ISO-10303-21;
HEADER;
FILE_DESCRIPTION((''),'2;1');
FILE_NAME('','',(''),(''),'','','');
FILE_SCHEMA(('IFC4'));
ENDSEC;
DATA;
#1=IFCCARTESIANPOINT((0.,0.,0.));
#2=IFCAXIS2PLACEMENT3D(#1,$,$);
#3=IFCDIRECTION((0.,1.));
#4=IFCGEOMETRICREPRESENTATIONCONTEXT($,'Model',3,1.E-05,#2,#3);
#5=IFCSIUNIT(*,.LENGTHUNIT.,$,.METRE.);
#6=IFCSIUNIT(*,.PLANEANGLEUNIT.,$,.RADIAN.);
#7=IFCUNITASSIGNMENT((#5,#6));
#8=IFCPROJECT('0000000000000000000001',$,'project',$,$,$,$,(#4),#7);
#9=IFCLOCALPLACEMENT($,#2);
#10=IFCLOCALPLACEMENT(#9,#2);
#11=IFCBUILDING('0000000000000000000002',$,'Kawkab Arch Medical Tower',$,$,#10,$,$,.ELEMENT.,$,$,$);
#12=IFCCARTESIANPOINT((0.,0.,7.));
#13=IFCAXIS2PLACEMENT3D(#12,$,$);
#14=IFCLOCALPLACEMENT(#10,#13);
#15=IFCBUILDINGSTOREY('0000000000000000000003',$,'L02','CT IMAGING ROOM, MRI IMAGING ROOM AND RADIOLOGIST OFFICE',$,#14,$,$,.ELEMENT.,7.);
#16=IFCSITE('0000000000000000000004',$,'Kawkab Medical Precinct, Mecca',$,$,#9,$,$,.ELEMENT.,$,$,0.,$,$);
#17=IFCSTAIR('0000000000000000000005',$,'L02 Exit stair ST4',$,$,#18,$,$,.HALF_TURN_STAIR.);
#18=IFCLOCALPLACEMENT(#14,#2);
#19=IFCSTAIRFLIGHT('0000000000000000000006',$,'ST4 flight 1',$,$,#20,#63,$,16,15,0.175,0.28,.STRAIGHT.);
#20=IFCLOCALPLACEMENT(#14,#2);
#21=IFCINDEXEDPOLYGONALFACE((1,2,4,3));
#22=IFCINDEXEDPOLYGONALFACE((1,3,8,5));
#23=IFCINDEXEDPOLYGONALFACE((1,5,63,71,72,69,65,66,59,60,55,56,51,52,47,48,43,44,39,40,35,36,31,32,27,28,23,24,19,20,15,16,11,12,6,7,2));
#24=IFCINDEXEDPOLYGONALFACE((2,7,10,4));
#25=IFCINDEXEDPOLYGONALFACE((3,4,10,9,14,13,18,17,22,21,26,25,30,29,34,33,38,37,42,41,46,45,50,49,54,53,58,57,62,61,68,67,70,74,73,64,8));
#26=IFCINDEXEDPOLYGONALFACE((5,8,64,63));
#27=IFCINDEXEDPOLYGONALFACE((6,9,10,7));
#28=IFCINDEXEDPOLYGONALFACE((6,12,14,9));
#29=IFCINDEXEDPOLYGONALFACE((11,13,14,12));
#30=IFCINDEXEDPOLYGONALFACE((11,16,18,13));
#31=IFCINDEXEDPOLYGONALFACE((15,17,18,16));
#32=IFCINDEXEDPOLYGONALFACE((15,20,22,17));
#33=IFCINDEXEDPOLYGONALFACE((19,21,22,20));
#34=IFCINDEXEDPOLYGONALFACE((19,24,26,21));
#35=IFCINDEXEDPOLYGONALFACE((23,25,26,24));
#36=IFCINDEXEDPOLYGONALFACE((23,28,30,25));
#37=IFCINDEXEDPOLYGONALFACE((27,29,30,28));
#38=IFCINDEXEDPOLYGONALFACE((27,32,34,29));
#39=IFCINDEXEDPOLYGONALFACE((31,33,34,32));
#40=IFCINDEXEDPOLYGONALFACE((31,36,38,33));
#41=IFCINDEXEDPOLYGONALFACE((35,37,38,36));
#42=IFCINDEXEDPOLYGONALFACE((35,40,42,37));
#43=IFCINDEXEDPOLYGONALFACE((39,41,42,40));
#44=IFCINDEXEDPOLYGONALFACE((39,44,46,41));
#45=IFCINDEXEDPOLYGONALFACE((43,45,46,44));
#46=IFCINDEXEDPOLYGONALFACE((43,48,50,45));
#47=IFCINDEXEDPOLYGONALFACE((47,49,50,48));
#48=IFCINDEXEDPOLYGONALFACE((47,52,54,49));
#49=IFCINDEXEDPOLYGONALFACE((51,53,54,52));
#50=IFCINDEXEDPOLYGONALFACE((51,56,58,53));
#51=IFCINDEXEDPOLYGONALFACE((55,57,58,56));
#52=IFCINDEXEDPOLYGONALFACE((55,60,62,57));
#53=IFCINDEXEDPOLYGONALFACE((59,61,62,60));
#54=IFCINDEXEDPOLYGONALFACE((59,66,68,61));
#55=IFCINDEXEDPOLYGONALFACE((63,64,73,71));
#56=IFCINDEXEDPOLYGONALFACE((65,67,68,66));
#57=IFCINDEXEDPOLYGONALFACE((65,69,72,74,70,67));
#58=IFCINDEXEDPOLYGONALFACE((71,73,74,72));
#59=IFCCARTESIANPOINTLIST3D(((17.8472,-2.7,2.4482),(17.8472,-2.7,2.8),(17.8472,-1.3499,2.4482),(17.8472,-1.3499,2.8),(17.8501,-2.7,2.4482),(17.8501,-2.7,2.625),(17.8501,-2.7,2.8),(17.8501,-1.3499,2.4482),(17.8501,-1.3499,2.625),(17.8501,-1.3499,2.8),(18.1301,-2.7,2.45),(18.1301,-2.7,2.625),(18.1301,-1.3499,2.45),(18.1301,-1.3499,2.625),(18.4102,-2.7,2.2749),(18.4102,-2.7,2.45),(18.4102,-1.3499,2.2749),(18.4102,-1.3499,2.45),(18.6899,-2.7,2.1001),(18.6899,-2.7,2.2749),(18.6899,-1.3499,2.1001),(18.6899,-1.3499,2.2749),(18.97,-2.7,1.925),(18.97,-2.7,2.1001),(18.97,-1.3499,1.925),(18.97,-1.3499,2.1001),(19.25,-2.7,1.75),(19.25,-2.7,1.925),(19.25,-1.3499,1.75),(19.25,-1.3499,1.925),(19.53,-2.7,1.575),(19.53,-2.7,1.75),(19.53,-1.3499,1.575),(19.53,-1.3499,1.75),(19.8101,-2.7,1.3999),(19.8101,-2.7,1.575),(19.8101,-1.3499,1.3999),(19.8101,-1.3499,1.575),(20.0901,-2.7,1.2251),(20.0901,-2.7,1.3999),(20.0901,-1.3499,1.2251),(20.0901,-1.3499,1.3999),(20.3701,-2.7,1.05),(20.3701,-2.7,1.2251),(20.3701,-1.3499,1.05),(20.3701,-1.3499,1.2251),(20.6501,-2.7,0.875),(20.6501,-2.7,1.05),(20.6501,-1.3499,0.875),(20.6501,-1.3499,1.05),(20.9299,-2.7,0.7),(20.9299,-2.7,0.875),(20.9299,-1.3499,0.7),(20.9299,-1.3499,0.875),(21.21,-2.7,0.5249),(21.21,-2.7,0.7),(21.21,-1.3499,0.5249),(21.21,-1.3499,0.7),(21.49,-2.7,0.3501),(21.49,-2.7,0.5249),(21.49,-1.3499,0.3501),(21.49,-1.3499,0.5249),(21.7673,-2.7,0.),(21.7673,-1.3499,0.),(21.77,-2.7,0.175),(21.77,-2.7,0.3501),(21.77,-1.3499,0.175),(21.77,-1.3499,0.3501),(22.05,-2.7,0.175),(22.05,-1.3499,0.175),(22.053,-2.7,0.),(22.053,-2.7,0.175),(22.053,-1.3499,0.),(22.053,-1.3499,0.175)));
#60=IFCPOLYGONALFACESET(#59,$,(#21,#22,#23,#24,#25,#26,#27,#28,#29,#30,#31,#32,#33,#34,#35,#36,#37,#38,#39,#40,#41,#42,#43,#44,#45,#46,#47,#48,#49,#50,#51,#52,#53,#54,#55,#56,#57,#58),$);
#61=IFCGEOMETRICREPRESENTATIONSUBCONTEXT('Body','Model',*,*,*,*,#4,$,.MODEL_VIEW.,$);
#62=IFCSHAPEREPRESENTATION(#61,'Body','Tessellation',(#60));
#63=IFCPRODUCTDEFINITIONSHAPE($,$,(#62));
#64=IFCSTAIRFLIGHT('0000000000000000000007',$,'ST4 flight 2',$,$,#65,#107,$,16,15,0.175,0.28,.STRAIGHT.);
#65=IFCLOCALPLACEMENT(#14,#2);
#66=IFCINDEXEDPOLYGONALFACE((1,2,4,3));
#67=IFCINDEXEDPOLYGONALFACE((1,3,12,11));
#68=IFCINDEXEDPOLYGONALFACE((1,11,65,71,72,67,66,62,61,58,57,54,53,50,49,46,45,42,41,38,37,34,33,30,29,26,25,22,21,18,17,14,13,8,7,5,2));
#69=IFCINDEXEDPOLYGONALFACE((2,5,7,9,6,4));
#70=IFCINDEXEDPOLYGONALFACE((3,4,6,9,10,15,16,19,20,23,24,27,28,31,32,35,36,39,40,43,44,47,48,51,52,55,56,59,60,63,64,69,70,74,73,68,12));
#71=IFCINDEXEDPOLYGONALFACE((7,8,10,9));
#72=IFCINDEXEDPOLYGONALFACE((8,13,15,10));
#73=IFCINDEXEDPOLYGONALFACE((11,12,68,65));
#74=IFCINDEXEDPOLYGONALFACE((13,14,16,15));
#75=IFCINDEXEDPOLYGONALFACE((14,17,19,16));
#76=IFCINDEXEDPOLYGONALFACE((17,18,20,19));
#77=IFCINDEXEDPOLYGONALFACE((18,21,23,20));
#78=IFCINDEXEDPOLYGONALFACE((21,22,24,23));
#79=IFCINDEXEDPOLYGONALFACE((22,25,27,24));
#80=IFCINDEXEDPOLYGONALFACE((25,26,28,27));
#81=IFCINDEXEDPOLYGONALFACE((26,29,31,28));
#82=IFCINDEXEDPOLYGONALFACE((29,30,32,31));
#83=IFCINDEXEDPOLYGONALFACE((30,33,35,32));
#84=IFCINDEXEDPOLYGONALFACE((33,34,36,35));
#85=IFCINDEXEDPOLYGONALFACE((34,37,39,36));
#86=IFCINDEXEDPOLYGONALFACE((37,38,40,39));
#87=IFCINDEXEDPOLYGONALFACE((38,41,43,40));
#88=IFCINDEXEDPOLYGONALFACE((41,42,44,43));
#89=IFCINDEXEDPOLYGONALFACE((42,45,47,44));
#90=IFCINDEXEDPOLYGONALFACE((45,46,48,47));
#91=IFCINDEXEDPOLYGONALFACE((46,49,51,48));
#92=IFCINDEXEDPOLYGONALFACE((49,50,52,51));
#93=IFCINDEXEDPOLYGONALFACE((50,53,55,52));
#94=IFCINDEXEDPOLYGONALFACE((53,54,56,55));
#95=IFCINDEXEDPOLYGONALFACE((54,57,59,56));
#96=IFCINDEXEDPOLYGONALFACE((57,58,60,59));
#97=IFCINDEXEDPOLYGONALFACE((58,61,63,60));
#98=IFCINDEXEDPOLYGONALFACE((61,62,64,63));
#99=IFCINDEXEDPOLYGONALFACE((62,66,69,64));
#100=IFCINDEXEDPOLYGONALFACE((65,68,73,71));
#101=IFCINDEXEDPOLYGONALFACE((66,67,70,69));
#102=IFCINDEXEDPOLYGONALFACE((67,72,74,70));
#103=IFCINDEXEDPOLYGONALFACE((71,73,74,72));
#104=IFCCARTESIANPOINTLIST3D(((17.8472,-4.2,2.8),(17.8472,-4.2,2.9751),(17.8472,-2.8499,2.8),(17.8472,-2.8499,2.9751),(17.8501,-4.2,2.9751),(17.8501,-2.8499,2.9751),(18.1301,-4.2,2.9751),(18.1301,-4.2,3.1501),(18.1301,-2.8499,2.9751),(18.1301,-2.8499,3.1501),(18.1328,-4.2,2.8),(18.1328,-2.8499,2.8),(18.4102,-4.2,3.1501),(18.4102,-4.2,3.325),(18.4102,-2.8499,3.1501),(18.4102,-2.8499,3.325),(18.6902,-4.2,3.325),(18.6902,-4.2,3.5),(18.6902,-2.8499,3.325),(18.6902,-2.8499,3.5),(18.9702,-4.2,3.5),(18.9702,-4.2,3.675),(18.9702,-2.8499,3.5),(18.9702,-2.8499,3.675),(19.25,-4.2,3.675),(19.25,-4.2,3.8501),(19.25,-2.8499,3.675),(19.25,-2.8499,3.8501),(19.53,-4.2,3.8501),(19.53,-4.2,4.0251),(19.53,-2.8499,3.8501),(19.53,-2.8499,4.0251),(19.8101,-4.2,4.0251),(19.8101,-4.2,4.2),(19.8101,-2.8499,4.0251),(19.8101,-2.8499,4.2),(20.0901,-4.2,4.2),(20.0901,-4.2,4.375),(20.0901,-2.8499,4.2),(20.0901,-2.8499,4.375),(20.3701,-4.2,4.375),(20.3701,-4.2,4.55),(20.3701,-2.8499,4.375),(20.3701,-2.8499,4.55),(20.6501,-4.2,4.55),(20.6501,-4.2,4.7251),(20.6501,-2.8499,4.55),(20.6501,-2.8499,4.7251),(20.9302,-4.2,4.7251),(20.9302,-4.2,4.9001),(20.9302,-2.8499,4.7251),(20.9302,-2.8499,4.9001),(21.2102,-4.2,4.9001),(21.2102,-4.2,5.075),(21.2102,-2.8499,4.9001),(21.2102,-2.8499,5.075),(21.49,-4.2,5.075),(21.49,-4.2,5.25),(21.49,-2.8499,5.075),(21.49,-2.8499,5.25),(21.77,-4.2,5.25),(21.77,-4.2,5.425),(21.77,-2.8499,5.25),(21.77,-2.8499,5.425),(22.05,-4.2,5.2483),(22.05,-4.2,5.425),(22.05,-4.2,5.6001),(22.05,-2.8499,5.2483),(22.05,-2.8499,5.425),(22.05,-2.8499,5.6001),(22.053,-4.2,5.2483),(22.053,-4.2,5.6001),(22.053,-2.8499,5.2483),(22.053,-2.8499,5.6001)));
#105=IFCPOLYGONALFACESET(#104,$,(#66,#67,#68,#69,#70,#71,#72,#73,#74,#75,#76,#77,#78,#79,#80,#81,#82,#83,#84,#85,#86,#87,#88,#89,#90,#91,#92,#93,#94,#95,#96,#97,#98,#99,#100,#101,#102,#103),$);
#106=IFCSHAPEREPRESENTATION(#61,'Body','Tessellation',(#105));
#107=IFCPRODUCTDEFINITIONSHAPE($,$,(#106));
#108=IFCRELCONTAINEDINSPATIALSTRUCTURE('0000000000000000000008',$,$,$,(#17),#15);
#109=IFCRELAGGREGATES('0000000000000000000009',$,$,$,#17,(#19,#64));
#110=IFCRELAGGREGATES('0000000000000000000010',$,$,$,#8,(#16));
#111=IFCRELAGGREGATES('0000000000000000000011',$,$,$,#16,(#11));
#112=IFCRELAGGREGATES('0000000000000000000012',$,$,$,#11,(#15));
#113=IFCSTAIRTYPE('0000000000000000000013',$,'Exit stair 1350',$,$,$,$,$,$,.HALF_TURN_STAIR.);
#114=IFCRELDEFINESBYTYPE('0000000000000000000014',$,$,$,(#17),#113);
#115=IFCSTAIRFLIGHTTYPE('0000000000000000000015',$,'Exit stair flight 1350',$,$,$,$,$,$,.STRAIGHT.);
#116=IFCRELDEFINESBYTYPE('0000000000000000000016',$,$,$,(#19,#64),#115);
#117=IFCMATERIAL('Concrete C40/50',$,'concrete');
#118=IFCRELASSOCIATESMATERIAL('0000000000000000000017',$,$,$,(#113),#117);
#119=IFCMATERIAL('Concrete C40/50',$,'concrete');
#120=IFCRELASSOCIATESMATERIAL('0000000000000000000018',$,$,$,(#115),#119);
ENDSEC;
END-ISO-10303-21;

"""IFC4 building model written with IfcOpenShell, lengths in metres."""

from ifc_helpers import new_model, si_unit, direction, frame, origin, place, context, subcontext, project, spatial, polyline, outline, extrude, material, type_object, element, aggregate, save


model = new_model("IFC4")

# Units and contexts
model_context = context("Model", 3, precision=1e-05, world=origin(), true_north=direction((0.0, 1.0)))
body_context = subcontext(model_context, "Body", "Model", "MODEL_VIEW")
ifc_project = project(units=[si_unit("LENGTHUNIT", "METRE"), si_unit("PLANEANGLEUNIT", "RADIAN")], contexts=[model_context])

# Site, building, storey
site_placement = place(None, origin())
site = spatial("IfcSite", under=ifc_project, at=site_placement, Name="Kawkab Medical Precinct, Mecca", CompositionType="ELEMENT", RefElevation=0.0)
building_placement = place(site_placement, origin())
building = spatial("IfcBuilding", under=site, at=building_placement, Name="Kawkab Arch Medical Tower", CompositionType="ELEMENT")
storey_placement = place(building_placement, frame((0.0, 0.0, 7.0)))
storey = spatial("IfcBuildingStorey", under=building, at=storey_placement, Name="L02", Description="CT IMAGING ROOM, MRI IMAGING ROOM AND RADIOLOGIST OFFICE", CompositionType="ELEMENT", Elevation=7.0)

# Stair, stair flights
ifc_material_1 = material(Name="Concrete C40/50", Category="concrete")
stair_type = type_object("IfcStairType", Name="Exit stair 1350", PredefinedType="HALF_TURN_STAIR", material=ifc_material_1)
stair_placement = place(storey_placement, origin())
stair = element("IfcStair", 1, at=stair_placement, inside=storey, type_object=stair_type, Name="L02 Exit stair ST4", PredefinedType="HALF_TURN_STAIR")
ifc_material_2 = material(Name="Concrete C40/50", Category="concrete")
stair_flight_type = type_object("IfcStairFlightType", Name="Exit stair flight 1350", PredefinedType="STRAIGHT", material=ifc_material_2)
stair_flight_1_placement = place(storey_placement, frame((22.05, -2.0249, 0.0), z_axis=(0.0, 0.0, 1.0), x_axis=(-1.0, 0.0, 0.0)))
stair_flight_1 = element("IfcStairFlight", 2, at=stair_flight_1_placement, type_object=stair_flight_type, Name="ST4 flight 1", NumberOfRisers=16, NumberOfTreads=15, PredefinedType="STRAIGHT", RiserHeight=0.175, TreadLength=0.28, context=body_context, shape_type="SweptSolid", body=[
    extrude(outline(polyline([(-0.0029, 0.0), (-0.0029, 0.175), (0.0, 0.175), (0.28, 0.175), (0.28, 0.3501), (0.5601, 0.3501), (0.5601, 0.5249), (0.8401, 0.5249), (0.8401, 0.7), (1.1201, 0.7), (1.1201, 0.875), (1.3999, 0.875), (1.3999, 1.05), (1.6799, 1.05), (1.6799, 1.2251), (1.96, 1.2251), (1.96, 1.3999), (2.24, 1.3999), (2.24, 1.575), (2.52, 1.575), (2.52, 1.75), (2.8, 1.75), (2.8, 1.925), (3.0801, 1.925), (3.0801, 2.1001), (3.3601, 2.1001), (3.3601, 2.2749), (3.6399, 2.2749), (3.6399, 2.45), (3.9199, 2.45), (3.9199, 2.625), (4.2, 2.625), (4.2, 2.8), (4.2029, 2.8), (4.2029, 2.4482), (4.2, 2.4482), (0.2827, 0.0), (-0.0029, 0.0)])), frame((0.0, 0.675, 0.0), z_axis=(0.0, -1.0, 0.0), x_axis=(1.0, 0.0, 0.0)), (0.0, 0.0, 1.0), 1.3501),
])
stair_flight_2_placement = place(storey_placement, frame((17.8501, -3.5249, 2.8), z_axis=(0.0, 0.0, 1.0), x_axis=(1.0, 0.0, 0.0)))
stair_flight_2 = element("IfcStairFlight", 3, at=stair_flight_2_placement, type_object=stair_flight_type, Name="ST4 flight 2", NumberOfRisers=16, NumberOfTreads=15, PredefinedType="STRAIGHT", RiserHeight=0.175, TreadLength=0.28, context=body_context, shape_type="SweptSolid", body=[
    extrude(outline(polyline([(-0.0029, 0.0), (-0.0029, 0.175), (0.0, 0.175), (0.28, 0.175), (0.28, 0.3501), (0.5601, 0.3501), (0.5601, 0.5249), (0.8401, 0.5249), (0.8401, 0.7), (1.1201, 0.7), (1.1201, 0.875), (1.3999, 0.875), (1.3999, 1.05), (1.6799, 1.05), (1.6799, 1.2251), (1.96, 1.2251), (1.96, 1.3999), (2.24, 1.3999), (2.24, 1.575), (2.52, 1.575), (2.52, 1.75), (2.8, 1.75), (2.8, 1.925), (3.0801, 1.925), (3.0801, 2.1001), (3.3601, 2.1001), (3.3601, 2.2749), (3.6399, 2.2749), (3.6399, 2.45), (3.9199, 2.45), (3.9199, 2.625), (4.2, 2.625), (4.2, 2.8), (4.2029, 2.8), (4.2029, 2.4482), (4.2, 2.4482), (0.2827, 0.0), (-0.0029, 0.0)])), frame((0.0, 0.675, 0.0), z_axis=(0.0, -1.0, 0.0), x_axis=(1.0, 0.0, 0.0)), (0.0, 0.0, 1.0), 1.3501),
])
aggregate(stair, [stair_flight_1, stair_flight_2])

save(model, "model.ifc")
